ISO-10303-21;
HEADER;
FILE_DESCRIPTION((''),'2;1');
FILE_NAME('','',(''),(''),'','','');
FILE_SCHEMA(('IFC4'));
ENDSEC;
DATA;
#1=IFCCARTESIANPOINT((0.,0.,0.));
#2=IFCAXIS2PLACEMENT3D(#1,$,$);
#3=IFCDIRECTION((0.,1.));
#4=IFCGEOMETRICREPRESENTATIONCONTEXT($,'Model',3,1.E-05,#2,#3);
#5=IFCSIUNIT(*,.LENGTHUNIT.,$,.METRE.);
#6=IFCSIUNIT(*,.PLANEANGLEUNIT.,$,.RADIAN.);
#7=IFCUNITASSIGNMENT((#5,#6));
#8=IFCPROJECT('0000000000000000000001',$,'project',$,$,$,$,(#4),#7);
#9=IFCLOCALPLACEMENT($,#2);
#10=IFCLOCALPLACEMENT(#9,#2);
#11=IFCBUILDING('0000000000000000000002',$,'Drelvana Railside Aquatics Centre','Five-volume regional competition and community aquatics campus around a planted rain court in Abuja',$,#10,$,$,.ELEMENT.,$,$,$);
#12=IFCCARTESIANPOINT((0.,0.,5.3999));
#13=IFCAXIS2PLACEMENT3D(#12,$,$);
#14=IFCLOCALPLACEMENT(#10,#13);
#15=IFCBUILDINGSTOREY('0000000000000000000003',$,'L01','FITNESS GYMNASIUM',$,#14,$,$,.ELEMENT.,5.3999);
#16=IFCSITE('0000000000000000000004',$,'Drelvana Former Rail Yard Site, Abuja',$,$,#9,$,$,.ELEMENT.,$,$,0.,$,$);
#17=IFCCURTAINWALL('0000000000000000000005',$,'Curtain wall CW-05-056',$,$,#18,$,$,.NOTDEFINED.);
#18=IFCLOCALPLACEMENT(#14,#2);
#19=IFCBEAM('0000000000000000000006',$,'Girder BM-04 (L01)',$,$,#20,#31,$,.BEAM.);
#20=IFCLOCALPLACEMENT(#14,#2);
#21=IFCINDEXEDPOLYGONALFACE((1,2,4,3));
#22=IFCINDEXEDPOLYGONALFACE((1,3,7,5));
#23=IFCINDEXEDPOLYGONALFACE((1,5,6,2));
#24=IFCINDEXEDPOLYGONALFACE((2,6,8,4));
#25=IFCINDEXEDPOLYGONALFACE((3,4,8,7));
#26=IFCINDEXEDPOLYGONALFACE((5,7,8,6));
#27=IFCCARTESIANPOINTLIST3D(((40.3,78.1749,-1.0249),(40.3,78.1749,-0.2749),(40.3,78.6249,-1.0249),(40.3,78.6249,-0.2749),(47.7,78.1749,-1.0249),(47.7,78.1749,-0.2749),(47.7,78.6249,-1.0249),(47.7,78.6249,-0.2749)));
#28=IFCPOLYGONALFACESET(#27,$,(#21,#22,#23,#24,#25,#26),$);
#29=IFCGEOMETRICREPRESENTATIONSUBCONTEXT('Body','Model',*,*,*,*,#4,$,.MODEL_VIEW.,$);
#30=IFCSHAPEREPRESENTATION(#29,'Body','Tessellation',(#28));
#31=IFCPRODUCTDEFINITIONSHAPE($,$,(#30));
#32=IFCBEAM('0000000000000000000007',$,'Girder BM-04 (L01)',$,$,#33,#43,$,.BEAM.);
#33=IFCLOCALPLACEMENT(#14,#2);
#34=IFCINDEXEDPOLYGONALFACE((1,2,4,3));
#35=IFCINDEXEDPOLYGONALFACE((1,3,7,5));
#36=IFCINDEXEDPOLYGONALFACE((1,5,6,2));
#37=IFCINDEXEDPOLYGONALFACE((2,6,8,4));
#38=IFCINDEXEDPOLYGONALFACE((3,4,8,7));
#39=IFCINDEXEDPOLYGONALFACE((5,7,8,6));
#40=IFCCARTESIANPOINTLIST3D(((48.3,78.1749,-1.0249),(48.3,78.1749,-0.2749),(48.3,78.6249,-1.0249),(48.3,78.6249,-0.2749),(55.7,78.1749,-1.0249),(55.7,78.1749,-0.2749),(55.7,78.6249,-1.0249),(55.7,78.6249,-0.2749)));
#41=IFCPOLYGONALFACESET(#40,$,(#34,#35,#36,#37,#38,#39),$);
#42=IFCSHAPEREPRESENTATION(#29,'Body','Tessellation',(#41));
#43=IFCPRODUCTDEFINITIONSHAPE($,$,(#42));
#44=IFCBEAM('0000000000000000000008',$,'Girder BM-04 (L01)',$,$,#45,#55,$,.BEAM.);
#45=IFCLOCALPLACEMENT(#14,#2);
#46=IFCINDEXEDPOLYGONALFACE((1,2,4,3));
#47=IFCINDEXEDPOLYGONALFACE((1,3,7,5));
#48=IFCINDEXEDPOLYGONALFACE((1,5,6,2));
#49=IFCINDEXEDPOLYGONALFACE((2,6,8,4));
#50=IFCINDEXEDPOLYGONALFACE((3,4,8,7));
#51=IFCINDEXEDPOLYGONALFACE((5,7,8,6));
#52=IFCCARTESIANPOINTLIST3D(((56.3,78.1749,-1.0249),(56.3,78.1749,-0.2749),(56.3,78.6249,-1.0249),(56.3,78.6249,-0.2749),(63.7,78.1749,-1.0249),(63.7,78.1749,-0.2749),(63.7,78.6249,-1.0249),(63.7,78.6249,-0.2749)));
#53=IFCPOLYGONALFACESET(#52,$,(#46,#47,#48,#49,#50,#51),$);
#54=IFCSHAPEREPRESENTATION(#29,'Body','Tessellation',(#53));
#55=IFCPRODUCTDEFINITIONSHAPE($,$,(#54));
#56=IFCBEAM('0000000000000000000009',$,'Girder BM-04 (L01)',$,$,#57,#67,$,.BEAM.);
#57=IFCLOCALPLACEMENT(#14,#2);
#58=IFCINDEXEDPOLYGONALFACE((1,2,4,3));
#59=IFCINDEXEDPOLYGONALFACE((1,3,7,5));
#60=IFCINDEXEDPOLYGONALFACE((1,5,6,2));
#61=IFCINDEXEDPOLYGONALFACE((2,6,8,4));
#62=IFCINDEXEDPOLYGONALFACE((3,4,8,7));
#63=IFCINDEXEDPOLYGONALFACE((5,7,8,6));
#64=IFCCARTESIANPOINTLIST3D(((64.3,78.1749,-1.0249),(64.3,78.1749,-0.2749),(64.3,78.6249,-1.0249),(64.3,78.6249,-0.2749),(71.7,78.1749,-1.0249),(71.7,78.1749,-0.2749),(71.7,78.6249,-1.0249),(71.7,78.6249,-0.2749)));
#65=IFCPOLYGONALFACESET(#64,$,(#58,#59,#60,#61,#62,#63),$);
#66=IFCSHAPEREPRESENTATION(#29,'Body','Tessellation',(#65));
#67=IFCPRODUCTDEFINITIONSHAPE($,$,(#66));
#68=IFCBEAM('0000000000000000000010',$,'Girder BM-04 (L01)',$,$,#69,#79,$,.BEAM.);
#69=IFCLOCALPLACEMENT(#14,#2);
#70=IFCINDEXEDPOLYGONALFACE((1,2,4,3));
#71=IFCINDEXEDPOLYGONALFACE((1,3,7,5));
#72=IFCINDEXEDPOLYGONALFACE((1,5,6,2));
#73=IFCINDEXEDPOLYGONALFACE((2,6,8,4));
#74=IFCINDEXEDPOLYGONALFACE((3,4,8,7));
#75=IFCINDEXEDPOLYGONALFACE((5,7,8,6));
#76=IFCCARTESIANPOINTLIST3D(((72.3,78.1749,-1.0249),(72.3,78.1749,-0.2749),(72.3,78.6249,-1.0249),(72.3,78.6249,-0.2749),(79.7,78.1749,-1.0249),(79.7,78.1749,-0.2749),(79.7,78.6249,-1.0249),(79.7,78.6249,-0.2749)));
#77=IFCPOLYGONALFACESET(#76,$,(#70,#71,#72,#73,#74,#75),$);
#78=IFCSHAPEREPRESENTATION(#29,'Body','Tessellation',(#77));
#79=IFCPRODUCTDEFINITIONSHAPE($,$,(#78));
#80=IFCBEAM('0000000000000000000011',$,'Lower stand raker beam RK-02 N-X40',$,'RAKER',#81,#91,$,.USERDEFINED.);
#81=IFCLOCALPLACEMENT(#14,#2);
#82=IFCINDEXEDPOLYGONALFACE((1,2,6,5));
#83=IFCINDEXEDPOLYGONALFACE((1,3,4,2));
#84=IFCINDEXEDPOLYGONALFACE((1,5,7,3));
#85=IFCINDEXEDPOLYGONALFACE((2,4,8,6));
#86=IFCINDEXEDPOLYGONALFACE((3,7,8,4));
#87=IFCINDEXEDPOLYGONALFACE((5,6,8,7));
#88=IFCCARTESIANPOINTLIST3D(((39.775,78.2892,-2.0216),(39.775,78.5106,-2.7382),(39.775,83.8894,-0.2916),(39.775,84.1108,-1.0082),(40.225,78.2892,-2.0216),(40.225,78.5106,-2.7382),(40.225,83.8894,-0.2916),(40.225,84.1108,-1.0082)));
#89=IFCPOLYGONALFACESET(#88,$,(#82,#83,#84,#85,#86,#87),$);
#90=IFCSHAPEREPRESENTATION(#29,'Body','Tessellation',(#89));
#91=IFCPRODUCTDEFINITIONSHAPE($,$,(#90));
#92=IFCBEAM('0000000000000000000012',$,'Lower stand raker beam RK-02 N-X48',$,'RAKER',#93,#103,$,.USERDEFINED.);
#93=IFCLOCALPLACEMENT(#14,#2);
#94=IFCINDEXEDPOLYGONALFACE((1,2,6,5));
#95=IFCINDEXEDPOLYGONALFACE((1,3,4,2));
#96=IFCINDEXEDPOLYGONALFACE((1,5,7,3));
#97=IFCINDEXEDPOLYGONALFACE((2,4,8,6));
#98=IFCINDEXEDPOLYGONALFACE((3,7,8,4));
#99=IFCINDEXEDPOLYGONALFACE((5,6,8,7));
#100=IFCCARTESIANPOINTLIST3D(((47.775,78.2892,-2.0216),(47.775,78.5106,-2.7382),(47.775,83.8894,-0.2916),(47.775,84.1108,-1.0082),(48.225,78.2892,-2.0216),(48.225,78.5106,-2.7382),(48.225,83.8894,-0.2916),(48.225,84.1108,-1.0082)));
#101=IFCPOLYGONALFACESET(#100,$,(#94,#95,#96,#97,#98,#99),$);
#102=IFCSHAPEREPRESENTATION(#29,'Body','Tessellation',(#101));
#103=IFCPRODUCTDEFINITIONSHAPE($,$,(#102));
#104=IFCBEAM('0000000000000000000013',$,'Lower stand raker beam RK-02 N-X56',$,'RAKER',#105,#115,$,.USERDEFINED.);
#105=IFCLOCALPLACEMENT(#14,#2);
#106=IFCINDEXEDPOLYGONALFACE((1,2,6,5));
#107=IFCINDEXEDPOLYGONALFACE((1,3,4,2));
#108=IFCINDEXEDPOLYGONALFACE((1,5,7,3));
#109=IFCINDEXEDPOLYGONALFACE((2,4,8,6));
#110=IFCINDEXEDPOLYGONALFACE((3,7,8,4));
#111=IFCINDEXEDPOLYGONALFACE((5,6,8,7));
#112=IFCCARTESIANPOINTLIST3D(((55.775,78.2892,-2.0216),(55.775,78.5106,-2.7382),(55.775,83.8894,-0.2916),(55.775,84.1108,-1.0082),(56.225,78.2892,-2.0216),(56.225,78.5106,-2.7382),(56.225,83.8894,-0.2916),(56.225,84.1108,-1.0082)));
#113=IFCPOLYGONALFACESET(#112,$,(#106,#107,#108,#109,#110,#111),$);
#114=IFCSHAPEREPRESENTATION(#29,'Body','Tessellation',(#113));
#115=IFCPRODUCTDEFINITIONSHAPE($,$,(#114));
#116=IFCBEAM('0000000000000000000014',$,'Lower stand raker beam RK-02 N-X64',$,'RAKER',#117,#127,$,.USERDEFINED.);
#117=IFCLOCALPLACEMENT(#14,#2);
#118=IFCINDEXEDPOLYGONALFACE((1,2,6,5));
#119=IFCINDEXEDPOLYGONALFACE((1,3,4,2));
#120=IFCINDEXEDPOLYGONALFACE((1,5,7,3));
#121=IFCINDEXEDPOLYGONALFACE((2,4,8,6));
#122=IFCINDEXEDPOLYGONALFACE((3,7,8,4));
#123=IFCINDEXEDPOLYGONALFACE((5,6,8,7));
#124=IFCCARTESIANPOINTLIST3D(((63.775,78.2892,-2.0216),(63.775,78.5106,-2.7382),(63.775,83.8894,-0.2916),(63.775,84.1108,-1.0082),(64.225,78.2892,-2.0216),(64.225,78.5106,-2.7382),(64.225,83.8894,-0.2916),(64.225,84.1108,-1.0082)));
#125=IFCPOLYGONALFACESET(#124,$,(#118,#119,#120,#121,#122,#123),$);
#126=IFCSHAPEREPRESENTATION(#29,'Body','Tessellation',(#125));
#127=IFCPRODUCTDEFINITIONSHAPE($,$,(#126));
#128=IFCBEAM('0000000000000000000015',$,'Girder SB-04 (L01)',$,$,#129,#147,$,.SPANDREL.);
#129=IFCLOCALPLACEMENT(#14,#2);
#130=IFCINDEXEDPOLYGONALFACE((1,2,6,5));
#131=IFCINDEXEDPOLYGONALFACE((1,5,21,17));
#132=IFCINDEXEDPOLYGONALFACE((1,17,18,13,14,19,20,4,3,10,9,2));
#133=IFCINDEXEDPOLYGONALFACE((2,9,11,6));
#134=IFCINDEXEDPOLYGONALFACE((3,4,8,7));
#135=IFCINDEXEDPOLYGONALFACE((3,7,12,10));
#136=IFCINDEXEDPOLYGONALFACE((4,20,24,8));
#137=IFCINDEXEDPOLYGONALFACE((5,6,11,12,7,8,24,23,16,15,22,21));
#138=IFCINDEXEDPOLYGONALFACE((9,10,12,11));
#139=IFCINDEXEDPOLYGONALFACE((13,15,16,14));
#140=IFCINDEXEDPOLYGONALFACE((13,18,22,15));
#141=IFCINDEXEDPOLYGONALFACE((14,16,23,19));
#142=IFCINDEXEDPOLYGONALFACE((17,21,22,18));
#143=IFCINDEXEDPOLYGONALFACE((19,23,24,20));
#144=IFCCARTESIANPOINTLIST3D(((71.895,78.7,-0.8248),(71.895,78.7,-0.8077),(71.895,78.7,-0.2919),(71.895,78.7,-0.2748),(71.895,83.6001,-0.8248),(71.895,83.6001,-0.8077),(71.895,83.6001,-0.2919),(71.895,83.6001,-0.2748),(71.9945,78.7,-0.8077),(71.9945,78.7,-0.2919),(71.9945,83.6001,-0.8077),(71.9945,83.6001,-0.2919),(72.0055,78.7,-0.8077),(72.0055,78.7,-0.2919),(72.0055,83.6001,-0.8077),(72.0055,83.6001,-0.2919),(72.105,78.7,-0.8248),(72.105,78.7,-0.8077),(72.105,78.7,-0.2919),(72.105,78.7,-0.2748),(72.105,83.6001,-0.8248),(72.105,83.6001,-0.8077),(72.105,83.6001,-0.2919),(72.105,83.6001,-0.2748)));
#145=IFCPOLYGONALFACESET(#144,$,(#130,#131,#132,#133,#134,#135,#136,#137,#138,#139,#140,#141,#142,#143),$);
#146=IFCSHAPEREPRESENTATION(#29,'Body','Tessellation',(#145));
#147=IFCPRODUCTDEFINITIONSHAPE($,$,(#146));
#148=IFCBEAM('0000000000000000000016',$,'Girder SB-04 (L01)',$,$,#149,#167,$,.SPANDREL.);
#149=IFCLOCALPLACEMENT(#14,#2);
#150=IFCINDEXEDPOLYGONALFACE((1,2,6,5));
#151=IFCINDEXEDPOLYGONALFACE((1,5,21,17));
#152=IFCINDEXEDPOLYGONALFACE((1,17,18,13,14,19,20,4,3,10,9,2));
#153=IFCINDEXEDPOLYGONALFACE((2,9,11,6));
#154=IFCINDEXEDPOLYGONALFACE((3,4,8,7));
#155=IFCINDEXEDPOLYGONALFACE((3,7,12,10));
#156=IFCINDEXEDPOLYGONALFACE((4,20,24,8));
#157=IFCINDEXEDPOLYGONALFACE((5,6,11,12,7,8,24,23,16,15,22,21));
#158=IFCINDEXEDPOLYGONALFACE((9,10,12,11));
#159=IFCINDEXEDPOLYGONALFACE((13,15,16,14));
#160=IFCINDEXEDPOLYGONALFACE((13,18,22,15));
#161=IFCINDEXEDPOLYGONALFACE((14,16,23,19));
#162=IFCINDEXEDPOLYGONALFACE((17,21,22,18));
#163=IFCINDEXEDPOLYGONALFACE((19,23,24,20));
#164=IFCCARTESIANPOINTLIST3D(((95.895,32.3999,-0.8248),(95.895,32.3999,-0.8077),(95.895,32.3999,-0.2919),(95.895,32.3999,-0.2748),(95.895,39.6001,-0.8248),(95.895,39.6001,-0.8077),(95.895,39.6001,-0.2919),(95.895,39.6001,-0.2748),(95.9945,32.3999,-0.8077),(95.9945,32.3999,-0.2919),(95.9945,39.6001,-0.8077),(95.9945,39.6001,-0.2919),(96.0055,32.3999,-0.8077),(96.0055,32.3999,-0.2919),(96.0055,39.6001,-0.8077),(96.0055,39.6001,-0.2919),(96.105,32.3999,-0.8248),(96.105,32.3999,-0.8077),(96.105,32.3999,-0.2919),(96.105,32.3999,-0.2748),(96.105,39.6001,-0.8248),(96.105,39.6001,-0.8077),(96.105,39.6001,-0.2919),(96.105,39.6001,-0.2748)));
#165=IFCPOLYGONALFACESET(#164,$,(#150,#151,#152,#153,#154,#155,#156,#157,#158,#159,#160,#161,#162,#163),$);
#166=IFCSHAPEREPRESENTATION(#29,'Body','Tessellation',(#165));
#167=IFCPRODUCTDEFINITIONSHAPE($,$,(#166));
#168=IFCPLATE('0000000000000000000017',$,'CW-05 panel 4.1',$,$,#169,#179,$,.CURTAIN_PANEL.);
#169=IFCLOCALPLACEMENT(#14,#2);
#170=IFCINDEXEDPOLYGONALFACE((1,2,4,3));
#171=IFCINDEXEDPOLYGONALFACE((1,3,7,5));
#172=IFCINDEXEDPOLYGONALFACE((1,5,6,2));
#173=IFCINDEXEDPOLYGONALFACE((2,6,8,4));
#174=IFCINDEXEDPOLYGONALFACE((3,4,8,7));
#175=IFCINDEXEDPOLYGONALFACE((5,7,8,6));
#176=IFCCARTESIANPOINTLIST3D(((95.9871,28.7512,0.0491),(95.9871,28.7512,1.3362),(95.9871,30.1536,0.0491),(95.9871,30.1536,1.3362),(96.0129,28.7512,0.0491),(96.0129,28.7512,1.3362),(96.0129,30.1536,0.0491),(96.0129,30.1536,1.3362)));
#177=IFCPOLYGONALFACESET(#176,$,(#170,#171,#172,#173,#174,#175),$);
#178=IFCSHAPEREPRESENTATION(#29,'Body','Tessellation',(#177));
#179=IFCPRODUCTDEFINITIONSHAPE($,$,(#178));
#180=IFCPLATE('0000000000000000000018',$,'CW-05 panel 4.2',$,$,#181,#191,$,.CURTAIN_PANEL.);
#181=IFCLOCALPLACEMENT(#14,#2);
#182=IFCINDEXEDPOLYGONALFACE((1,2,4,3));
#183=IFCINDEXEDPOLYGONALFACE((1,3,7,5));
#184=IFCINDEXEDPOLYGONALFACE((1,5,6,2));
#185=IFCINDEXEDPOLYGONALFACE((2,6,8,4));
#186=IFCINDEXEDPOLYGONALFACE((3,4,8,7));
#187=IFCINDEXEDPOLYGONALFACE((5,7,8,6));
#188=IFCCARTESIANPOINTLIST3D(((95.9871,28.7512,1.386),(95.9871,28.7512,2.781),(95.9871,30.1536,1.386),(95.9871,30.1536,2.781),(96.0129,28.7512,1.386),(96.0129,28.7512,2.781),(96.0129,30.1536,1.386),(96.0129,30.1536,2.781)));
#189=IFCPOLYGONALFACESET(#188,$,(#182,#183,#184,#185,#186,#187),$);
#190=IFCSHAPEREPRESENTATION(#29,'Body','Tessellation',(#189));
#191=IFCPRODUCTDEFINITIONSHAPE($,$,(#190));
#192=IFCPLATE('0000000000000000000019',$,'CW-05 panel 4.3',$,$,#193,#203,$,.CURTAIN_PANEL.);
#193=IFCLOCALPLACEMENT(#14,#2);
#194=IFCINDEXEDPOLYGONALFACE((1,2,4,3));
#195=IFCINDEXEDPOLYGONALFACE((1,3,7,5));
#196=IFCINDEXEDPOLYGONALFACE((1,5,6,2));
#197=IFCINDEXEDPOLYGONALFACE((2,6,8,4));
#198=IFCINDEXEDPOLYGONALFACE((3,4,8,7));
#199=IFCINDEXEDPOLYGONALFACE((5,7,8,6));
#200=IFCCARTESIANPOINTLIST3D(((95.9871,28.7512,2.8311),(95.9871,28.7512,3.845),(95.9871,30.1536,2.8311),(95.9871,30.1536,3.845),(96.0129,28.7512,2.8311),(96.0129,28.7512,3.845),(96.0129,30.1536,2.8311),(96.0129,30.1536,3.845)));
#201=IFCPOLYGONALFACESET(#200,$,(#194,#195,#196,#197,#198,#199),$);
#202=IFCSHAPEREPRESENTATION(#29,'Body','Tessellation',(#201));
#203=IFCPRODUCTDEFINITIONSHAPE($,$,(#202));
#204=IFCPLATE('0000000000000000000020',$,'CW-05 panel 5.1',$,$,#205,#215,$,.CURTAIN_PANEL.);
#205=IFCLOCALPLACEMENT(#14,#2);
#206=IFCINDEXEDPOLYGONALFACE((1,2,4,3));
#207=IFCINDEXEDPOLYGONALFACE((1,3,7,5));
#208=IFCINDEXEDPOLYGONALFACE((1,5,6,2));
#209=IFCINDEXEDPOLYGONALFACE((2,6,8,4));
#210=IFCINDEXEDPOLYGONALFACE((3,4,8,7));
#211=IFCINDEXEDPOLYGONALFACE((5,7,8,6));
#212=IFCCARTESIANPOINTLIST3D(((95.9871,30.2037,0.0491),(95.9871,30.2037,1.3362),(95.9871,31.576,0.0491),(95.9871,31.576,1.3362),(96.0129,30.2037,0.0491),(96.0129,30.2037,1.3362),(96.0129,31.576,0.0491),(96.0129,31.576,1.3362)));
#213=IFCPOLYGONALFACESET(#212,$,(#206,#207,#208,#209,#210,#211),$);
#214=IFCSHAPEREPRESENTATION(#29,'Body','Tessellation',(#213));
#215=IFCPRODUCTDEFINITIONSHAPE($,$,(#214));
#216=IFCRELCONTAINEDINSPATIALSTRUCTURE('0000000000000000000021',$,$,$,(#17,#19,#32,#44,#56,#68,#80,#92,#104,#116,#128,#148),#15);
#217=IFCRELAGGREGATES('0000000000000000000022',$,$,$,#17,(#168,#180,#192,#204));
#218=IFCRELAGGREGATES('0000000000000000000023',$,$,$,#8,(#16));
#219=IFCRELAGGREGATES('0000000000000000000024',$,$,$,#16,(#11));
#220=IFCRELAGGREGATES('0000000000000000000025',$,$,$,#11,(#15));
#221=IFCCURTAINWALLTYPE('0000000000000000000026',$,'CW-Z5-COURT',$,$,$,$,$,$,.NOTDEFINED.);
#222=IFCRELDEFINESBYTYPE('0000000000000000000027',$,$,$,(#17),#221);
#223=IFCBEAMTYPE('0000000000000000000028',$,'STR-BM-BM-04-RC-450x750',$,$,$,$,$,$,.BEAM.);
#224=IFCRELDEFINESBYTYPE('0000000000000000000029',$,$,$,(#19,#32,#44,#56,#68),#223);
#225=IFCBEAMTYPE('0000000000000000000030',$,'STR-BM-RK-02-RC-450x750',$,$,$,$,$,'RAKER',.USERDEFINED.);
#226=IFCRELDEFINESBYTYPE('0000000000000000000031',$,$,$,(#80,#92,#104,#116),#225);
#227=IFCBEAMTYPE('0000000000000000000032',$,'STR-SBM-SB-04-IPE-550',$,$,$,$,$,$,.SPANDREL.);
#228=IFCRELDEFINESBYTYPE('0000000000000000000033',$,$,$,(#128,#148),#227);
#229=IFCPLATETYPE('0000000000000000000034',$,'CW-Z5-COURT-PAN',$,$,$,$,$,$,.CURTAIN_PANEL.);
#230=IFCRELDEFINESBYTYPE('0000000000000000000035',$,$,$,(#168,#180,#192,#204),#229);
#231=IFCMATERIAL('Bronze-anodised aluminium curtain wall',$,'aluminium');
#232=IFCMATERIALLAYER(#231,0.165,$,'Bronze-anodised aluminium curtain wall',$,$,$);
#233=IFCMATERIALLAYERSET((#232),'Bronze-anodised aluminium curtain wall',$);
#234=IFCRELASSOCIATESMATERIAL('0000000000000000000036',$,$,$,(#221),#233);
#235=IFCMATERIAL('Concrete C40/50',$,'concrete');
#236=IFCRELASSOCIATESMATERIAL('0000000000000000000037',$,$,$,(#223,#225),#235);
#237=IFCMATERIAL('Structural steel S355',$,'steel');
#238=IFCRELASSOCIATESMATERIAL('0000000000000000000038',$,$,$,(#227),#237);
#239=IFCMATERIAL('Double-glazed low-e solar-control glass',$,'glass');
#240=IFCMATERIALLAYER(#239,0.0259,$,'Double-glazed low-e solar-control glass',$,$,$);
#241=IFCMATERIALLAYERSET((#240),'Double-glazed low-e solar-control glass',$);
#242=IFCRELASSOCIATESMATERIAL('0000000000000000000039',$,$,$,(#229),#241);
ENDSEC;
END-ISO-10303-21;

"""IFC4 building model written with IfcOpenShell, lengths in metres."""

from ifc_helpers import new_model, si_unit, direction, frame, origin, origin_2d, place, context, subcontext, project, spatial, rectangle, i_section, extrude, material, layer, layer_set, material_profile, profile_set, type_object, element, aggregate, save


model = new_model("IFC4")

# Units and contexts
model_context = context("Model", 3, precision=1e-05, world=origin(), true_north=direction((0.0, 1.0)))
body_context = subcontext(model_context, "Body", "Model", "MODEL_VIEW")
ifc_project = project(units=[si_unit("LENGTHUNIT", "METRE"), si_unit("PLANEANGLEUNIT", "RADIAN")], contexts=[model_context])

# Site, building, storey
site_placement = place(None, origin())
site = spatial("IfcSite", under=ifc_project, at=site_placement, Name="Drelvana Former Rail Yard Site, Abuja", CompositionType="ELEMENT", RefElevation=0.0)
building_placement = place(site_placement, origin())
building = spatial("IfcBuilding", under=site, at=building_placement, Name="Drelvana Railside Aquatics Centre", Description="Five-volume regional competition and community aquatics campus around a planted rain court in Abuja", CompositionType="ELEMENT")
storey_placement = place(building_placement, frame((0.0, 0.0, 5.3999)))
storey = spatial("IfcBuildingStorey", under=building, at=storey_placement, Name="L01", Description="FITNESS GYMNASIUM", CompositionType="ELEMENT", Elevation=5.3999)

# Shared definitions
ifc_material_1 = material(Name="Concrete C40/50", Category="concrete")

# Curtain wall
ifc_material_2 = material(Name="Bronze-anodised aluminium curtain wall", Category="aluminium")
ifc_layer_1 = layer(ifc_material_2, 0.165, Name="Bronze-anodised aluminium curtain wall")
ifc_layer_set_1 = layer_set([ifc_layer_1], Name="Bronze-anodised aluminium curtain wall")
curtain_wall_type = type_object("IfcCurtainWallType", Name="CW-Z5-COURT", PredefinedType="NOTDEFINED", material=ifc_layer_set_1)
curtain_wall_1_placement = place(storey_placement, origin())
curtain_wall_1 = element("IfcCurtainWall", 1, at=curtain_wall_1_placement, inside=storey, type_object=curtain_wall_type, Name="Curtain wall CW-05-056", PredefinedType="NOTDEFINED")

# Beams
ifc_material_profile_1 = material_profile(ifc_material_1, rectangle(XDim=0.45, YDim=0.75, at=origin_2d()), Name="RC 450x750")
ifc_profile_set_1 = profile_set([ifc_material_profile_1], Name="Concrete C40/50")
beam_type_1 = type_object("IfcBeamType", Name="STR-BM-BM-04-RC-450x750", PredefinedType="BEAM", material=ifc_profile_set_1)
for number, where, z_axis, x_axis, name in (
    (2, (40.3, 78.3999, -0.6499), (1.0, 0.0, 0.0), (0.0, 1.0, 0.0), "Girder BM-04 (L01)"),
    (3, (48.3, 78.3999, -0.6499), (1.0, 0.0, 0.0), (0.0, 1.0, 0.0), "Girder BM-04 (L01)"),
    (4, (56.3, 78.3999, -0.6499), (1.0, 0.0, 0.0), (0.0, 1.0, 0.0), "Girder BM-04 (L01)"),
    (5, (64.3, 78.3999, -0.6499), (1.0, 0.0, 0.0), (0.0, 1.0, 0.0), "Girder BM-04 (L01)"),
    (6, (72.3, 78.3999, -0.6499), (1.0, 0.0, 0.0), (0.0, 1.0, 0.0), "Girder BM-04 (L01)"),
):
    element("IfcBeam", number, at=place(storey_placement, frame(where, z_axis=z_axis, x_axis=x_axis)), inside=storey, type_object=beam_type_1, Name=name, PredefinedType="BEAM", context=body_context, shape_type="SweptSolid", body=[
        extrude(rectangle(XDim=0.45, YDim=0.75, at=origin_2d()), origin(), (0.0, 0.0, 1.0), 7.3999),
    ])
ifc_material_profile_2 = material_profile(ifc_material_1, rectangle(XDim=0.45, YDim=0.75, at=origin_2d()), Name="RC 450x750")
ifc_profile_set_2 = profile_set([ifc_material_profile_2], Name="Concrete C40/50")
beam_type_2 = type_object("IfcBeamType", Name="STR-BM-RK-02-RC-450x750", ElementType="RAKER", PredefinedType="USERDEFINED", material=ifc_profile_set_2)
for number, where, z_axis, x_axis, name in (
    (7, (40.0, 78.3999, -2.3799), (0.0, 0.955449, 0.295157), (-1.0, 0.0, 0.0), "Lower stand raker beam RK-02 N-X40"),
    (8, (48.0, 78.3999, -2.3799), (0.0, 0.955449, 0.295157), (-1.0, 0.0, 0.0), "Lower stand raker beam RK-02 N-X48"),
    (9, (56.0, 78.3999, -2.3799), (0.0, 0.955449, 0.295157), (-1.0, 0.0, 0.0), "Lower stand raker beam RK-02 N-X56"),
    (10, (64.0, 78.3999, -2.3799), (0.0, 0.955449, 0.295157), (-1.0, 0.0, 0.0), "Lower stand raker beam RK-02 N-X64"),
):
    element("IfcBeam", number, at=place(storey_placement, frame(where, z_axis=z_axis, x_axis=x_axis)), inside=storey, type_object=beam_type_2, Name=name, ObjectType="RAKER", PredefinedType="USERDEFINED", context=body_context, shape_type="SweptSolid", body=[
        extrude(rectangle(XDim=0.45, YDim=0.75, at=origin_2d()), origin(), (0.0, 0.0, 1.0), 5.8613),
    ])
ifc_material_3 = material(Name="Structural steel S355", Category="steel")
ifc_material_profile_3 = material_profile(ifc_material_3, i_section(OverallWidth=0.21, OverallDepth=0.55, WebThickness=0.011, FlangeThickness=0.0171, at=origin_2d()), Name="IPE 550")
ifc_profile_set_3 = profile_set([ifc_material_profile_3], Name="Structural steel S355")
beam_type_3 = type_object("IfcBeamType", Name="STR-SBM-SB-04-IPE-550", PredefinedType="SPANDREL", material=ifc_profile_set_3)
beam_1_placement = place(storey_placement, frame((72.0, 78.7, -0.5498), z_axis=(0.0, 1.0, 0.0), x_axis=(-1.0, 0.0, 0.0)))
element("IfcBeam", 11, at=beam_1_placement, inside=storey, type_object=beam_type_3, Name="Girder SB-04 (L01)", PredefinedType="SPANDREL", context=body_context, shape_type="SweptSolid", body=[
    extrude(i_section(OverallWidth=0.21, OverallDepth=0.55, WebThickness=0.011, FlangeThickness=0.0171, at=origin_2d()), origin(), (0.0, 0.0, 1.0), 4.9001),
])
beam_2_placement = place(storey_placement, frame((96.0, 32.3999, -0.5498), z_axis=(0.0, 1.0, 0.0), x_axis=(-1.0, 0.0, 0.0)))
element("IfcBeam", 12, at=beam_2_placement, inside=storey, type_object=beam_type_3, Name="Girder SB-04 (L01)", PredefinedType="SPANDREL", context=body_context, shape_type="SweptSolid", body=[
    extrude(i_section(OverallWidth=0.21, OverallDepth=0.55, WebThickness=0.011, FlangeThickness=0.0171, at=origin_2d()), origin(), (0.0, 0.0, 1.0), 7.2002),
])

# Plates
ifc_material_4 = material(Name="Double-glazed low-e solar-control glass", Category="glass")
ifc_layer_2 = layer(ifc_material_4, 0.0259, Name="Double-glazed low-e solar-control glass")
ifc_layer_set_2 = layer_set([ifc_layer_2], Name="Double-glazed low-e solar-control glass")
plate_type = type_object("IfcPlateType", Name="CW-Z5-COURT-PAN", PredefinedType="CURTAIN_PANEL", material=ifc_layer_set_2)
plate_1_placement = place(storey_placement, frame((96.0, 29.4524, 0.0491), z_axis=(0.0, 0.0, 1.0), x_axis=(0.0, 1.0, 0.0)))
plate_1 = element("IfcPlate", 13, at=plate_1_placement, type_object=plate_type, Name="CW-05 panel 4.1", PredefinedType="CURTAIN_PANEL", context=body_context, shape_type="SweptSolid", body=[
    extrude(rectangle(XDim=1.4023, YDim=0.0259, at=origin_2d()), origin(), (0.0, 0.0, 1.0), 1.2871),
])
plate_2_placement = place(storey_placement, frame((96.0, 29.4524, 1.386), z_axis=(0.0, 0.0, 1.0), x_axis=(0.0, 1.0, 0.0)))
plate_2 = element("IfcPlate", 14, at=plate_2_placement, type_object=plate_type, Name="CW-05 panel 4.2", PredefinedType="CURTAIN_PANEL", context=body_context, shape_type="SweptSolid", body=[
    extrude(rectangle(XDim=1.4023, YDim=0.0259, at=origin_2d()), origin(), (0.0, 0.0, 1.0), 1.395),
])
plate_3_placement = place(storey_placement, frame((96.0, 29.4524, 2.8311), z_axis=(0.0, 0.0, 1.0), x_axis=(0.0, 1.0, 0.0)))
plate_3 = element("IfcPlate", 15, at=plate_3_placement, type_object=plate_type, Name="CW-05 panel 4.3", PredefinedType="CURTAIN_PANEL", context=body_context, shape_type="SweptSolid", body=[
    extrude(rectangle(XDim=1.4023, YDim=0.0259, at=origin_2d()), origin(), (0.0, 0.0, 1.0), 1.0139),
])
plate_4_placement = place(storey_placement, frame((96.0, 30.8899, 0.0491), z_axis=(0.0, 0.0, 1.0), x_axis=(0.0, 1.0, 0.0)))
plate_4 = element("IfcPlate", 16, at=plate_4_placement, type_object=plate_type, Name="CW-05 panel 5.1", PredefinedType="CURTAIN_PANEL", context=body_context, shape_type="SweptSolid", body=[
    extrude(rectangle(XDim=1.3723, YDim=0.0259, at=origin_2d()), origin(), (0.0, 0.0, 1.0), 1.2871),
])
aggregate(curtain_wall_1, [plate_1, plate_2, plate_3, plate_4])

save(model, "model.ifc")
